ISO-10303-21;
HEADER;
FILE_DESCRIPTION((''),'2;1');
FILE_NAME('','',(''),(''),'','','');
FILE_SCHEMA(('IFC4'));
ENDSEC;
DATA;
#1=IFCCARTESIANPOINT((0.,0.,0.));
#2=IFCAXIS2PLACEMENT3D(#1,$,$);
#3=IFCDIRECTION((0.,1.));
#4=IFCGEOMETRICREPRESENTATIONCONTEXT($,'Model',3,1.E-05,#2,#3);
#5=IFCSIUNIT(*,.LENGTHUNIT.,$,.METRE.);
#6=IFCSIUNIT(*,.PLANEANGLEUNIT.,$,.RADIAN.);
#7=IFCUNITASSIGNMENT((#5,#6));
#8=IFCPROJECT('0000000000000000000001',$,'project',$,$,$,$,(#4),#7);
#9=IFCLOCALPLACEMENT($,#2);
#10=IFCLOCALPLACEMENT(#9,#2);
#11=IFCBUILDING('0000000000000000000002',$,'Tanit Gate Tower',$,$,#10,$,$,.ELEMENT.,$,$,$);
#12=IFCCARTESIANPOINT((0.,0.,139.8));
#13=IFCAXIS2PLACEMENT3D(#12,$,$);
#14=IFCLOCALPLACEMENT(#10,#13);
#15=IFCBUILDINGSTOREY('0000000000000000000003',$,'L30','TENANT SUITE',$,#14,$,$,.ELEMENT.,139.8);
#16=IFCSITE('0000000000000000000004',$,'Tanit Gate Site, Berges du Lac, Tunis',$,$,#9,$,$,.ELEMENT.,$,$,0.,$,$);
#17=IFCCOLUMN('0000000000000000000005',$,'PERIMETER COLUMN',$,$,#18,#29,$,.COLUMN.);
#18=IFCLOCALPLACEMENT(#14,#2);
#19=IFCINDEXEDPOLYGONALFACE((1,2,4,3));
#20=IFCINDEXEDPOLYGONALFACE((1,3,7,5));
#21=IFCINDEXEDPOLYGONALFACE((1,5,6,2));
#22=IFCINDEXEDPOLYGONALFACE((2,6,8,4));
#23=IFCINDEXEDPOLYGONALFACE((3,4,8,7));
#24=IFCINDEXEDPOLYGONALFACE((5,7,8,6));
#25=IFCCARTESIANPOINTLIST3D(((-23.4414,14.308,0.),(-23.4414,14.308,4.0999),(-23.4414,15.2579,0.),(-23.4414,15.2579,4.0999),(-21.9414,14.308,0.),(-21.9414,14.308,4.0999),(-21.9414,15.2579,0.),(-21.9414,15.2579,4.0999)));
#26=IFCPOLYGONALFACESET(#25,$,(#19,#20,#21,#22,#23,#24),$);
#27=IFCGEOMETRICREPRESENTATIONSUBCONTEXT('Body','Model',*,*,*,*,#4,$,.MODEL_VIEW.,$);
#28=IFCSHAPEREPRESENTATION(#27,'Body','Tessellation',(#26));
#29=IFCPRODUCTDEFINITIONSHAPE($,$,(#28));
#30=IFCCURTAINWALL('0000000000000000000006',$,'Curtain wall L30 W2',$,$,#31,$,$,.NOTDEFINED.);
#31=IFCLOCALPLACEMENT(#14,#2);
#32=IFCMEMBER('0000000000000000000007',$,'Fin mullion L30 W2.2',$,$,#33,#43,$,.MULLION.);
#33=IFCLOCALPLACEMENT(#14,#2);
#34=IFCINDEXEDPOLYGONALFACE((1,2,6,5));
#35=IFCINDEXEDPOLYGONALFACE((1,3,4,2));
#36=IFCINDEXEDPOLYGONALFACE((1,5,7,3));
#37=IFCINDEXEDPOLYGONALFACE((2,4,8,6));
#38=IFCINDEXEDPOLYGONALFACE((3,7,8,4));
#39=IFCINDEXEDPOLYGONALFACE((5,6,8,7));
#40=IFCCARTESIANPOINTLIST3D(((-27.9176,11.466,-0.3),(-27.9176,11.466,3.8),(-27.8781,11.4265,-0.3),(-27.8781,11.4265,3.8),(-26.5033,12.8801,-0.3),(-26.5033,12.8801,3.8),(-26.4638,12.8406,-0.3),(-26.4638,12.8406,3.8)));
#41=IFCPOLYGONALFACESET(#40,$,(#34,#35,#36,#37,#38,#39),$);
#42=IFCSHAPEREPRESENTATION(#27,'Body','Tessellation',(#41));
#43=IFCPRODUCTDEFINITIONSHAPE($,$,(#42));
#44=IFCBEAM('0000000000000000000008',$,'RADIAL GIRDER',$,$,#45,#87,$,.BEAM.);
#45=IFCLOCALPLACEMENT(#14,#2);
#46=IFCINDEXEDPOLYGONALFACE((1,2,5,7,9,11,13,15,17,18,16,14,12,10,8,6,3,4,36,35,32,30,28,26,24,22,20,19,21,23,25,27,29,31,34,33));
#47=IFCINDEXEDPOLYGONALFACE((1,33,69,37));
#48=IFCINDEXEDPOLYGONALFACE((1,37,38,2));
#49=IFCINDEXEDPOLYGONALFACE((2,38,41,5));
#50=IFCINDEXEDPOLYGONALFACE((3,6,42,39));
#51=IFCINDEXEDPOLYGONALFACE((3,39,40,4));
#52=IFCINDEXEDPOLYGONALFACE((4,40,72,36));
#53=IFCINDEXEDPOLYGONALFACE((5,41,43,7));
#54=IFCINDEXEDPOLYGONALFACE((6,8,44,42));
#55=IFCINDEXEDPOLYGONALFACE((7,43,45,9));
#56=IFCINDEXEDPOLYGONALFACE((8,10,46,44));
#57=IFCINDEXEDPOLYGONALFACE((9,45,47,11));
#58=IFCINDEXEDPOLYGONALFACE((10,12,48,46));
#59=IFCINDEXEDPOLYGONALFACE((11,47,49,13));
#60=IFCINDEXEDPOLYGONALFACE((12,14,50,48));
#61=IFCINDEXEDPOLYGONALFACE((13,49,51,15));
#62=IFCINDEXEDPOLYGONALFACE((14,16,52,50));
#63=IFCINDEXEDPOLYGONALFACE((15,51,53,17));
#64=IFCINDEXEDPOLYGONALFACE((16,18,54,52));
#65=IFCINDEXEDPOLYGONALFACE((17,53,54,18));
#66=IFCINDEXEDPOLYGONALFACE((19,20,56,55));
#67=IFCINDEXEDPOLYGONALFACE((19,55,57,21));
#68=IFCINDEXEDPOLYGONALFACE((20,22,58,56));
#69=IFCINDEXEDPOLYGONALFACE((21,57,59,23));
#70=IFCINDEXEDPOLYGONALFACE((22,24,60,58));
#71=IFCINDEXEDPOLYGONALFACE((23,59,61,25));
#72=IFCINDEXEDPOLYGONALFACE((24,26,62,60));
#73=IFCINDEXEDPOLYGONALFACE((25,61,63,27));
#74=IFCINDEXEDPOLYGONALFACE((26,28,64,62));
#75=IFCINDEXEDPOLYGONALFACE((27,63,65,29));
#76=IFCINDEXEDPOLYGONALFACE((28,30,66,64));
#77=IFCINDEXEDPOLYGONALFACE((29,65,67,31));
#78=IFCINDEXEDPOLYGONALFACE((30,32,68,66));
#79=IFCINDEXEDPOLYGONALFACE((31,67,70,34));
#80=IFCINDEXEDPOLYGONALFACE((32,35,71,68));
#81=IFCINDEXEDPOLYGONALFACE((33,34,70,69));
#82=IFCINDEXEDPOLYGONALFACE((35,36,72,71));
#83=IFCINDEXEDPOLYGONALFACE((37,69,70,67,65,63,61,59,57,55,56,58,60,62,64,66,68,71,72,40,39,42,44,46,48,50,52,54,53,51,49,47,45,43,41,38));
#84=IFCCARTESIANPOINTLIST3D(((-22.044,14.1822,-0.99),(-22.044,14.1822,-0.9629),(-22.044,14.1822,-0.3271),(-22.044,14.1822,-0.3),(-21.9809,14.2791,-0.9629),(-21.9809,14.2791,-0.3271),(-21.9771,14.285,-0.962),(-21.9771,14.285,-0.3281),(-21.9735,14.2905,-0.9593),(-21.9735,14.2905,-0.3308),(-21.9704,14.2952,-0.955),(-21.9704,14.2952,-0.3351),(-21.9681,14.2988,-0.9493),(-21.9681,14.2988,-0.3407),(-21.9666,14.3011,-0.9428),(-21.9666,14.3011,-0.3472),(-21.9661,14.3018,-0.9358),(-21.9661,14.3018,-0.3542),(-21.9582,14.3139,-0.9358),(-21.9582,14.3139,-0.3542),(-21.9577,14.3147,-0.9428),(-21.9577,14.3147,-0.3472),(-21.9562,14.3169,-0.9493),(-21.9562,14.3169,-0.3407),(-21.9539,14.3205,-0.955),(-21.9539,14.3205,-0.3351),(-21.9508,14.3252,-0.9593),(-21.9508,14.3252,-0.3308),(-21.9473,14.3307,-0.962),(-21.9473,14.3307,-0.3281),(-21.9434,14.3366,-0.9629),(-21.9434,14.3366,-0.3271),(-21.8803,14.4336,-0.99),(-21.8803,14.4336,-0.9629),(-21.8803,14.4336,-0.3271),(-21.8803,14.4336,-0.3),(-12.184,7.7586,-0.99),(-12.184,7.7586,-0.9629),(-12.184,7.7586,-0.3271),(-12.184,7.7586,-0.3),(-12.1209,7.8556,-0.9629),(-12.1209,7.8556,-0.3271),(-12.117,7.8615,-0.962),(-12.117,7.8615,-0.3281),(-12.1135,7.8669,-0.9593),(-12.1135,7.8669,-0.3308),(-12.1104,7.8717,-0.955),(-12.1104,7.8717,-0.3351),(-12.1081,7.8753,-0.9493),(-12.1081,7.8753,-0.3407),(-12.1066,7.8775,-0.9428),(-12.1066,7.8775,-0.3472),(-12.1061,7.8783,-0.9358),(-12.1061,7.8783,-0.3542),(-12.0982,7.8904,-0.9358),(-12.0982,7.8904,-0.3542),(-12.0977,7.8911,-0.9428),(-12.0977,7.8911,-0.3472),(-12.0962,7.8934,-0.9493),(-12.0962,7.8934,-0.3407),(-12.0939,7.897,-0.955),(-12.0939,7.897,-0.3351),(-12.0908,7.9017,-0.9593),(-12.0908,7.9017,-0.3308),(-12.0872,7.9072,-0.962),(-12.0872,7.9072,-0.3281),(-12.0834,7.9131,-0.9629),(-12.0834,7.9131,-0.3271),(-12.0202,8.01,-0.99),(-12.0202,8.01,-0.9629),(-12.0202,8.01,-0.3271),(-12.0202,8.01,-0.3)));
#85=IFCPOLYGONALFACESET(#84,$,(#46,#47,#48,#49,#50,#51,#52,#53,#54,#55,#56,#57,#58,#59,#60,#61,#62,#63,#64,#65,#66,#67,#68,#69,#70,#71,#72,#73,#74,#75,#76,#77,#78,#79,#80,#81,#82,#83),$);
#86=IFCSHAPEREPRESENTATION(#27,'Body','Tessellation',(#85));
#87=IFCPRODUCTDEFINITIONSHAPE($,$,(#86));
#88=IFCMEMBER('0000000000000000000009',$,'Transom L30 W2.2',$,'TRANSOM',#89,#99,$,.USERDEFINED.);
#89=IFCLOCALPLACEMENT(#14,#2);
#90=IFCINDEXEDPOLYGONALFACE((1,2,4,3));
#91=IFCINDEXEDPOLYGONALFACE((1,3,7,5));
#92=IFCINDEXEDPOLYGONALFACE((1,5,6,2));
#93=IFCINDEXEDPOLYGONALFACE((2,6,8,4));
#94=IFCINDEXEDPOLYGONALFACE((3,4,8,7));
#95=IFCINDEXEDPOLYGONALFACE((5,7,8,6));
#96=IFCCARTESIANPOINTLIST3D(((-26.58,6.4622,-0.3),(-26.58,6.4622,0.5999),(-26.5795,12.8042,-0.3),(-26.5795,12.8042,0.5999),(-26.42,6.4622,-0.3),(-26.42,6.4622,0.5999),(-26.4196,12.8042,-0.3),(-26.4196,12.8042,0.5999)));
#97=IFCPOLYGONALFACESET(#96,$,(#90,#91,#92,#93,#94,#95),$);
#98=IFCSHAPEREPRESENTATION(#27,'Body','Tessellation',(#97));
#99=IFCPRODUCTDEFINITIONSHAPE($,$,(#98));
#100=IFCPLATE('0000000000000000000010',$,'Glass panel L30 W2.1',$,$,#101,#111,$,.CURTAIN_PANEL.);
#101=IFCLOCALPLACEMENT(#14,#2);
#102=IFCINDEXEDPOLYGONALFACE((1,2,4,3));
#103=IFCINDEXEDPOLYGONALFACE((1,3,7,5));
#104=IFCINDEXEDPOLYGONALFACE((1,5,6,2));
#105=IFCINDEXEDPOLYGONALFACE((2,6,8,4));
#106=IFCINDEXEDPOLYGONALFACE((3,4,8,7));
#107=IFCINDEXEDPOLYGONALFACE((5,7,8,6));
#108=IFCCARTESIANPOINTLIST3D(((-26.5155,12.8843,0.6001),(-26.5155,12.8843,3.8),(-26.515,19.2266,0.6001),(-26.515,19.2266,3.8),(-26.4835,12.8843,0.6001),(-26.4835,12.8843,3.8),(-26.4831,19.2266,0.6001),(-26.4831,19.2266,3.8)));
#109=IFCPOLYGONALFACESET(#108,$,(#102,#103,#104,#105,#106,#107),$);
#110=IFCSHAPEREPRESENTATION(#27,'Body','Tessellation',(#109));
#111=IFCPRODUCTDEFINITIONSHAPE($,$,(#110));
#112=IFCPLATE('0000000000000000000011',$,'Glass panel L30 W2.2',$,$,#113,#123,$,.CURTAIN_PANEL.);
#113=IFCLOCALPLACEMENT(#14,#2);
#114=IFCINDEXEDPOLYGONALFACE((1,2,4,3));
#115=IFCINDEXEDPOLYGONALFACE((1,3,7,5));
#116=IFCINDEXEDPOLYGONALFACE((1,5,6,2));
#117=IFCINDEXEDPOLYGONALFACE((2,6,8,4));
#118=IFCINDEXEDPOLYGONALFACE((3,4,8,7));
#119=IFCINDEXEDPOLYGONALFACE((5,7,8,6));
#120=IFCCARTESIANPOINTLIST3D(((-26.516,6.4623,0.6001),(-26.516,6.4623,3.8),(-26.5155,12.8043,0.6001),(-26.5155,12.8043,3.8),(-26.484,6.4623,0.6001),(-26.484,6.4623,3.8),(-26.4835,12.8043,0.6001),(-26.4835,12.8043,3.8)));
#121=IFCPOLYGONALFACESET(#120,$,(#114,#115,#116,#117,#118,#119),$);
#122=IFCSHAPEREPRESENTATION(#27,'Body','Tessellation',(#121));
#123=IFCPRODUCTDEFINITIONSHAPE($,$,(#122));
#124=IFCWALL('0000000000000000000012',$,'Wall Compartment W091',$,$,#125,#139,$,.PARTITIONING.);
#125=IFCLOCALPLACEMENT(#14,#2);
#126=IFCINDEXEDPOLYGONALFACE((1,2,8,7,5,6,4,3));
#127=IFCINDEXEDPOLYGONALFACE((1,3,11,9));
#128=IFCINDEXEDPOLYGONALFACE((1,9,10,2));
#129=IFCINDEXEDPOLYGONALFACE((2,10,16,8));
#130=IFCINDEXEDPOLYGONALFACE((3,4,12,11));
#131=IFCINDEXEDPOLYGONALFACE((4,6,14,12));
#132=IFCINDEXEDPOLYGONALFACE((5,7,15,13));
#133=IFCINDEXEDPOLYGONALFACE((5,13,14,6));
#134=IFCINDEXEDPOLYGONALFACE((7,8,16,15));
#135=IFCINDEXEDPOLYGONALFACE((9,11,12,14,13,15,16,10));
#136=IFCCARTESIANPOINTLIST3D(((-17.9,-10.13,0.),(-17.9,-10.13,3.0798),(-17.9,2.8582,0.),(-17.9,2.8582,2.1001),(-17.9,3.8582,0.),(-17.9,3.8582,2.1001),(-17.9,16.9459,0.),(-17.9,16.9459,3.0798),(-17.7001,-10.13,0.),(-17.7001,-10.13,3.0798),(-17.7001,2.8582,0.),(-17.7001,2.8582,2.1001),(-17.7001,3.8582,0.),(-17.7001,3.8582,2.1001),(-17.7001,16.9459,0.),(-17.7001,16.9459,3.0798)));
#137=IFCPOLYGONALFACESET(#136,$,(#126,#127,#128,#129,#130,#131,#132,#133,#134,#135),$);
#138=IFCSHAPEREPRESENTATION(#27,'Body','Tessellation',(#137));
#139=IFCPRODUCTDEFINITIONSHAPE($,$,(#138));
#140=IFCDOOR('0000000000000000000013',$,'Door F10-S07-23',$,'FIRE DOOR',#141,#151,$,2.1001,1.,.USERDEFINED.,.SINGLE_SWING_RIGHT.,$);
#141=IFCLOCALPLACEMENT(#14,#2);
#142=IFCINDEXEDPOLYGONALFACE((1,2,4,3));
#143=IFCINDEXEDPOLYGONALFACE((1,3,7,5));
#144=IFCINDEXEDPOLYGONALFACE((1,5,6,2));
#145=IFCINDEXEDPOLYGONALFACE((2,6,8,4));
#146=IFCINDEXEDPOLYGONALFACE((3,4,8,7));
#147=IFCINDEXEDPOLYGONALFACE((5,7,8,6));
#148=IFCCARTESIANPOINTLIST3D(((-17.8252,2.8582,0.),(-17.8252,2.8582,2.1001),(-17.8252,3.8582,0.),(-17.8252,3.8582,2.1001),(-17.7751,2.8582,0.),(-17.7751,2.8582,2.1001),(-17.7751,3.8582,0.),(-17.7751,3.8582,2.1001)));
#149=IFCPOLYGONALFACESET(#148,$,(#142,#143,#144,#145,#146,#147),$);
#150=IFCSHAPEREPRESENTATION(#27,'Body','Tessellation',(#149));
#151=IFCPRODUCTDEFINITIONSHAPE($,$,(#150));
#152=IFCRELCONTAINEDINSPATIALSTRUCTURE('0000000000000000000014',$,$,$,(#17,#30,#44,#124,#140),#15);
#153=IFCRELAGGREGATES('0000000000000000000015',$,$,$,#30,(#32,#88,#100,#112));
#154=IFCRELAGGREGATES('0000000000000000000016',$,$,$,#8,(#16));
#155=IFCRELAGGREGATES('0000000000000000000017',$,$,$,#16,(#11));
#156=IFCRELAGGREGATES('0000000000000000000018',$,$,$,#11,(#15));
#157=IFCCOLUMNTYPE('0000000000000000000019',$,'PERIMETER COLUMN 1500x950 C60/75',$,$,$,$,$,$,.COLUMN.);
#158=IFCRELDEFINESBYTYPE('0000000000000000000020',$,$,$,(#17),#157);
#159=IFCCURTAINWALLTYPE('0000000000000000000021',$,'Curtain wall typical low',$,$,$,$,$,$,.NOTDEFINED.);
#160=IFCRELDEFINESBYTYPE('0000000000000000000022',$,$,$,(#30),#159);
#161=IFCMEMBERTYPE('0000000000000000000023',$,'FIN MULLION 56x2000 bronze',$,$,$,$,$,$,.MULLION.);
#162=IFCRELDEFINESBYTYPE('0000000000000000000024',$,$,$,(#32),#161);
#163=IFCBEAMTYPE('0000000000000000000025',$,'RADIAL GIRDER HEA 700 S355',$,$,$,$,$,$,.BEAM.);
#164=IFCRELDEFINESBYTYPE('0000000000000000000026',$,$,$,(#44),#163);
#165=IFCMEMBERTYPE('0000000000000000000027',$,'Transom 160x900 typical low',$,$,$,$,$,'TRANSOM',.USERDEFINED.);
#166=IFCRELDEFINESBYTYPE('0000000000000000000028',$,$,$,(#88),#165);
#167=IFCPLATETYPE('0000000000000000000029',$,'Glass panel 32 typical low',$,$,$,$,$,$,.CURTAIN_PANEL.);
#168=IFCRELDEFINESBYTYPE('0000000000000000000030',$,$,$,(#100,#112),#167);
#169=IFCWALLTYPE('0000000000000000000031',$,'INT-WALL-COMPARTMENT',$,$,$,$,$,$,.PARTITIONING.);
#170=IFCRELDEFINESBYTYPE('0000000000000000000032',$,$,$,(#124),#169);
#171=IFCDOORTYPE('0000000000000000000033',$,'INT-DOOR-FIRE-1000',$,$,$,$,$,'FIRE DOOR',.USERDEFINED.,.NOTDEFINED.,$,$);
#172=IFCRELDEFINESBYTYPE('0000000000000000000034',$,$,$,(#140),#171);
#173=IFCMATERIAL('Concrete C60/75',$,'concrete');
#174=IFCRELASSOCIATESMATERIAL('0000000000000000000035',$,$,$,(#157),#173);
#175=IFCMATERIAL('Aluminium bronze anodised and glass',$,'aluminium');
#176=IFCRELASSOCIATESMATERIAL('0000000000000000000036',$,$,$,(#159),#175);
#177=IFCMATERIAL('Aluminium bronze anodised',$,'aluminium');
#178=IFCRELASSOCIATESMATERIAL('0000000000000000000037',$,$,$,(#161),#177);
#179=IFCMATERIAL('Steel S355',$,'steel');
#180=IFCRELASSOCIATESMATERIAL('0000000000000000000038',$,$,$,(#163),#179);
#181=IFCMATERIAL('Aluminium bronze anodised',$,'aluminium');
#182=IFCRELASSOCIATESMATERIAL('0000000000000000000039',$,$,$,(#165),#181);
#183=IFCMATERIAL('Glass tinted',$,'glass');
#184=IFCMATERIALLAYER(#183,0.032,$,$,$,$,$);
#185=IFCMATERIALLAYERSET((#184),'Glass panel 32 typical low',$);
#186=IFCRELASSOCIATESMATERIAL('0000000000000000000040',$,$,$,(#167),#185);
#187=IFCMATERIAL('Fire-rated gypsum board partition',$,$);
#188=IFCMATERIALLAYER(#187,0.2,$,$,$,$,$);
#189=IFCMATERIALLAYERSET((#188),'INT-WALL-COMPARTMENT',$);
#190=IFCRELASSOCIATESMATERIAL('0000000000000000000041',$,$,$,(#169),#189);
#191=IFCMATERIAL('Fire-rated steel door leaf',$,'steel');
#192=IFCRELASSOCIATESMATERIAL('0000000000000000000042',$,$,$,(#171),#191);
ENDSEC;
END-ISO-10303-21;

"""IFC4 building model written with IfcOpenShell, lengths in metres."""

from ifc_helpers import new_model, si_unit, direction, frame, frame_2d, origin, origin_2d, place, context, subcontext, project, spatial, rectangle, i_section, extrude, material, layer, layer_set, material_profile, profile_set, type_object, element, fill, aggregate, save


model = new_model("IFC4")

# Units and contexts
model_context = context("Model", 3, precision=1e-05, world=origin(), true_north=direction((0.0, 1.0)))
body_context = subcontext(model_context, "Body", "Model", "MODEL_VIEW")
ifc_project = project(units=[si_unit("LENGTHUNIT", "METRE"), si_unit("PLANEANGLEUNIT", "RADIAN")], contexts=[model_context])

# Site, building, storey
site_placement = place(None, origin())
site = spatial("IfcSite", under=ifc_project, at=site_placement, Name="Tanit Gate Site, Berges du Lac, Tunis", CompositionType="ELEMENT", RefElevation=0.0)
building_placement = place(site_placement, origin())
building = spatial("IfcBuilding", under=site, at=building_placement, Name="Tanit Gate Tower", CompositionType="ELEMENT")
storey_placement = place(building_placement, frame((0.0, 0.0, 139.8)))
storey = spatial("IfcBuildingStorey", under=building, at=storey_placement, Name="L30", Description="TENANT SUITE", CompositionType="ELEMENT", Elevation=139.8)

# Column
ifc_material_1 = material(Name="Concrete C60/75", Category="concrete")
ifc_material_profile_1 = material_profile(ifc_material_1, rectangle(XDim=1.5, YDim=0.95, at=origin_2d()), Name="RC 1500x950")
ifc_profile_set_1 = profile_set([ifc_material_profile_1], Name="Concrete C60/75")
column_type = type_object("IfcColumnType", Name="PERIMETER COLUMN 1500x950 C60/75", PredefinedType="COLUMN", material=ifc_profile_set_1)
column_placement = place(storey_placement, frame((-22.6914, 14.783, 0.0), z_axis=(0.0, 0.0, 1.0), x_axis=(-1.0, 0.0, 0.0)))
element("IfcColumn", 1, at=column_placement, inside=storey, type_object=column_type, Name="PERIMETER COLUMN", PredefinedType="COLUMN", context=body_context, shape_type="SweptSolid", body=[
    extrude(rectangle(XDim=1.5, YDim=0.95, at=origin_2d()), origin(), (0.0, 0.0, 1.0), 4.0999),
])

# Curtain wall, member
ifc_material_2 = material(Name="Aluminium bronze anodised and glass", Category="aluminium")
curtain_wall_type = type_object("IfcCurtainWallType", Name="Curtain wall typical low", PredefinedType="NOTDEFINED", material=ifc_material_2)
curtain_wall_placement = place(storey_placement, origin())
curtain_wall = element("IfcCurtainWall", 2, at=curtain_wall_placement, inside=storey, type_object=curtain_wall_type, Name="Curtain wall L30 W2", PredefinedType="NOTDEFINED")
ifc_material_3 = material(Name="Aluminium bronze anodised", Category="aluminium")
ifc_material_profile_2 = material_profile(ifc_material_3, rectangle(XDim=2.0, YDim=0.0559, at=origin_2d()), Name="56x2000 bronze fin mullion")
ifc_profile_set_2 = profile_set([ifc_material_profile_2], Name="Aluminium bronze anodised")
member_type_1 = type_object("IfcMemberType", Name="FIN MULLION 56x2000 bronze", PredefinedType="MULLION", material=ifc_profile_set_2)
member_1_placement = place(storey_placement, frame((-27.1907, 12.1533, -0.3), z_axis=(0.0, 0.0, 1.0), x_axis=(0.707156, 0.707058, 0.0)))
member_1 = element("IfcMember", 3, at=member_1_placement, type_object=member_type_1, Name="Fin mullion L30 W2.2", PredefinedType="MULLION", context=body_context, shape_type="SweptSolid", body=[
    extrude(rectangle(XDim=2.0, YDim=0.0559, at=origin_2d()), origin(), (0.0, 0.0, 1.0), 4.1001),
])

# Beam
ifc_material_4 = material(Name="Steel S355", Category="steel")
ifc_material_profile_3 = material_profile(ifc_material_4, i_section(OverallWidth=0.3, OverallDepth=0.6899, WebThickness=0.0144, FlangeThickness=0.0271, FilletRadius=0.0271, at=origin_2d()), Name="HEA 700")
ifc_profile_set_3 = profile_set([ifc_material_profile_3], Name="Steel S355")
beam_type = type_object("IfcBeamType", Name="RADIAL GIRDER HEA 700 S355", PredefinedType="BEAM", material=ifc_profile_set_3)
beam_placement = place(storey_placement, frame((-21.9622, 14.3079, -0.645), z_axis=(0.83788, -0.545855, 0.0), x_axis=(0.545855, 0.83788, 0.0)))
element("IfcBeam", 4, at=beam_placement, inside=storey, type_object=beam_type, Name="RADIAL GIRDER", PredefinedType="BEAM", context=body_context, shape_type="SweptSolid", body=[
    extrude(i_section(OverallWidth=0.3, OverallDepth=0.6899, WebThickness=0.0144, FlangeThickness=0.0271, FilletRadius=0.0271, at=origin_2d()), origin(), (0.0, 0.0, 1.0), 11.7678),
])

# Member
ifc_material_5 = material(Name="Aluminium bronze anodised", Category="aluminium")
ifc_material_profile_4 = material_profile(ifc_material_5, rectangle(XDim=0.1599, YDim=0.8999, at=origin_2d()), Name="160x900 bronze transom")
ifc_profile_set_4 = profile_set([ifc_material_profile_4], Name="Aluminium bronze anodised")
member_type_2 = type_object("IfcMemberType", Name="Transom 160x900 typical low", ElementType="TRANSOM", PredefinedType="USERDEFINED", material=ifc_profile_set_4)
member_2_placement = place(storey_placement, frame((-26.4995, 12.8042, 0.1499), z_axis=(-0.000077, -1.0, 0.0), x_axis=(1.0, -0.000077, 0.0)))
member_2 = element("IfcMember", 5, at=member_2_placement, type_object=member_type_2, Name="Transom L30 W2.2", ObjectType="TRANSOM", PredefinedType="USERDEFINED", context=body_context, shape_type="SweptSolid", body=[
    extrude(rectangle(XDim=0.1599, YDim=0.8999, at=origin_2d()), origin(), (0.0, 0.0, 1.0), 6.342),
])

# Plates
ifc_material_6 = material(Name="Glass tinted", Category="glass")
ifc_layer_1 = layer(ifc_material_6, 0.032)
ifc_layer_set_1 = layer_set([ifc_layer_1], Name="Glass panel 32 typical low")
plate_type = type_object("IfcPlateType", Name="Glass panel 32 typical low", PredefinedType="CURTAIN_PANEL", material=ifc_layer_set_1)
plate_1_placement = place(storey_placement, frame((-26.4993, 16.0554, 0.6001), z_axis=(0.0, 0.0, 1.0), x_axis=(-0.000069, -1.0, 0.0)))
plate_1 = element("IfcPlate", 6, at=plate_1_placement, type_object=plate_type, Name="Glass panel L30 W2.1", PredefinedType="CURTAIN_PANEL", context=body_context, shape_type="SweptSolid", body=[
    extrude(rectangle(XDim=6.3423, YDim=0.032, at=origin_2d()), origin(), (0.0, 0.0, 1.0), 3.2),
])
plate_2_placement = place(storey_placement, frame((-26.4998, 9.6333, 0.6001), z_axis=(0.0, 0.0, 1.0), x_axis=(-0.000069, -1.0, 0.0)))
plate_2 = element("IfcPlate", 7, at=plate_2_placement, type_object=plate_type, Name="Glass panel L30 W2.2", PredefinedType="CURTAIN_PANEL", context=body_context, shape_type="SweptSolid", body=[
    extrude(rectangle(XDim=6.342, YDim=0.032, at=origin_2d()), origin(), (0.0, 0.0, 1.0), 3.2),
])
aggregate(curtain_wall, [member_1, member_2, plate_1, plate_2])

# Wall, opening, door
ifc_material_7 = material(Name="Fire-rated gypsum board partition")
ifc_layer_2 = layer(ifc_material_7, 0.2)
ifc_layer_set_2 = layer_set([ifc_layer_2], Name="INT-WALL-COMPARTMENT")
wall_type_1 = type_object("IfcWallType", Name="INT-WALL-COMPARTMENT", PredefinedType="PARTITIONING", material=ifc_layer_set_2)
wall_1_placement = place(storey_placement, frame((-17.8, 16.946, 0.0), z_axis=(0.0, 0.0, 1.0), x_axis=(0.0, -1.0, 0.0)))
wall_1 = element("IfcWall", 8, at=wall_1_placement, inside=storey, type_object=wall_type_1, Name="Wall Compartment W091", PredefinedType="PARTITIONING", context=body_context, shape_type="SweptSolid", body=[
    extrude(rectangle(XDim=27.0759, YDim=0.2, at=frame_2d((13.5381, 0.0))), origin(), (0.0, 0.0, 1.0), 3.0798),
])
opening_1_placement = place(wall_1_placement, frame((13.0879, 0.0, 0.0)))
opening_1 = element("IfcOpeningElement", 9, at=opening_1_placement, cuts=wall_1, PredefinedType="OPENING", context=body_context, shape_type="SweptSolid", body=[
    extrude(rectangle(XDim=1.0, YDim=2.1001, at=frame_2d((0.5, 1.05))), frame((0.0, 0.1099, 0.0), z_axis=(0.0, -1.0, 0.0), x_axis=(1.0, 0.0, 0.0)), (0.0, 0.0, 1.0), 0.22),
])
ifc_material_8 = material(Name="Fire-rated steel door leaf", Category="steel")
door_type_1 = type_object("IfcDoorType", Name="INT-DOOR-FIRE-1000", ElementType="FIRE DOOR", OperationType="NOTDEFINED", PredefinedType="USERDEFINED", material=ifc_material_8)
door_1_placement = place(opening_1_placement, origin())
door_1 = element("IfcDoor", 10, at=door_1_placement, inside=storey, type_object=door_type_1, Name="Door F10-S07-23", ObjectType="FIRE DOOR", OperationType="SINGLE_SWING_RIGHT", OverallHeight=2.1001, OverallWidth=1.0, PredefinedType="USERDEFINED", context=body_context, shape_type="SweptSolid", body=[
    extrude(rectangle(XDim=1.0, YDim=2.1001, at=frame_2d((0.5, 1.05))), frame((0.0, 0.0249, 0.0), z_axis=(0.0, -1.0, 0.0), x_axis=(1.0, 0.0, 0.0)), (0.0, 0.0, 1.0), 0.05),
])
fill(opening_1, door_1)

save(model, "model.ifc")
